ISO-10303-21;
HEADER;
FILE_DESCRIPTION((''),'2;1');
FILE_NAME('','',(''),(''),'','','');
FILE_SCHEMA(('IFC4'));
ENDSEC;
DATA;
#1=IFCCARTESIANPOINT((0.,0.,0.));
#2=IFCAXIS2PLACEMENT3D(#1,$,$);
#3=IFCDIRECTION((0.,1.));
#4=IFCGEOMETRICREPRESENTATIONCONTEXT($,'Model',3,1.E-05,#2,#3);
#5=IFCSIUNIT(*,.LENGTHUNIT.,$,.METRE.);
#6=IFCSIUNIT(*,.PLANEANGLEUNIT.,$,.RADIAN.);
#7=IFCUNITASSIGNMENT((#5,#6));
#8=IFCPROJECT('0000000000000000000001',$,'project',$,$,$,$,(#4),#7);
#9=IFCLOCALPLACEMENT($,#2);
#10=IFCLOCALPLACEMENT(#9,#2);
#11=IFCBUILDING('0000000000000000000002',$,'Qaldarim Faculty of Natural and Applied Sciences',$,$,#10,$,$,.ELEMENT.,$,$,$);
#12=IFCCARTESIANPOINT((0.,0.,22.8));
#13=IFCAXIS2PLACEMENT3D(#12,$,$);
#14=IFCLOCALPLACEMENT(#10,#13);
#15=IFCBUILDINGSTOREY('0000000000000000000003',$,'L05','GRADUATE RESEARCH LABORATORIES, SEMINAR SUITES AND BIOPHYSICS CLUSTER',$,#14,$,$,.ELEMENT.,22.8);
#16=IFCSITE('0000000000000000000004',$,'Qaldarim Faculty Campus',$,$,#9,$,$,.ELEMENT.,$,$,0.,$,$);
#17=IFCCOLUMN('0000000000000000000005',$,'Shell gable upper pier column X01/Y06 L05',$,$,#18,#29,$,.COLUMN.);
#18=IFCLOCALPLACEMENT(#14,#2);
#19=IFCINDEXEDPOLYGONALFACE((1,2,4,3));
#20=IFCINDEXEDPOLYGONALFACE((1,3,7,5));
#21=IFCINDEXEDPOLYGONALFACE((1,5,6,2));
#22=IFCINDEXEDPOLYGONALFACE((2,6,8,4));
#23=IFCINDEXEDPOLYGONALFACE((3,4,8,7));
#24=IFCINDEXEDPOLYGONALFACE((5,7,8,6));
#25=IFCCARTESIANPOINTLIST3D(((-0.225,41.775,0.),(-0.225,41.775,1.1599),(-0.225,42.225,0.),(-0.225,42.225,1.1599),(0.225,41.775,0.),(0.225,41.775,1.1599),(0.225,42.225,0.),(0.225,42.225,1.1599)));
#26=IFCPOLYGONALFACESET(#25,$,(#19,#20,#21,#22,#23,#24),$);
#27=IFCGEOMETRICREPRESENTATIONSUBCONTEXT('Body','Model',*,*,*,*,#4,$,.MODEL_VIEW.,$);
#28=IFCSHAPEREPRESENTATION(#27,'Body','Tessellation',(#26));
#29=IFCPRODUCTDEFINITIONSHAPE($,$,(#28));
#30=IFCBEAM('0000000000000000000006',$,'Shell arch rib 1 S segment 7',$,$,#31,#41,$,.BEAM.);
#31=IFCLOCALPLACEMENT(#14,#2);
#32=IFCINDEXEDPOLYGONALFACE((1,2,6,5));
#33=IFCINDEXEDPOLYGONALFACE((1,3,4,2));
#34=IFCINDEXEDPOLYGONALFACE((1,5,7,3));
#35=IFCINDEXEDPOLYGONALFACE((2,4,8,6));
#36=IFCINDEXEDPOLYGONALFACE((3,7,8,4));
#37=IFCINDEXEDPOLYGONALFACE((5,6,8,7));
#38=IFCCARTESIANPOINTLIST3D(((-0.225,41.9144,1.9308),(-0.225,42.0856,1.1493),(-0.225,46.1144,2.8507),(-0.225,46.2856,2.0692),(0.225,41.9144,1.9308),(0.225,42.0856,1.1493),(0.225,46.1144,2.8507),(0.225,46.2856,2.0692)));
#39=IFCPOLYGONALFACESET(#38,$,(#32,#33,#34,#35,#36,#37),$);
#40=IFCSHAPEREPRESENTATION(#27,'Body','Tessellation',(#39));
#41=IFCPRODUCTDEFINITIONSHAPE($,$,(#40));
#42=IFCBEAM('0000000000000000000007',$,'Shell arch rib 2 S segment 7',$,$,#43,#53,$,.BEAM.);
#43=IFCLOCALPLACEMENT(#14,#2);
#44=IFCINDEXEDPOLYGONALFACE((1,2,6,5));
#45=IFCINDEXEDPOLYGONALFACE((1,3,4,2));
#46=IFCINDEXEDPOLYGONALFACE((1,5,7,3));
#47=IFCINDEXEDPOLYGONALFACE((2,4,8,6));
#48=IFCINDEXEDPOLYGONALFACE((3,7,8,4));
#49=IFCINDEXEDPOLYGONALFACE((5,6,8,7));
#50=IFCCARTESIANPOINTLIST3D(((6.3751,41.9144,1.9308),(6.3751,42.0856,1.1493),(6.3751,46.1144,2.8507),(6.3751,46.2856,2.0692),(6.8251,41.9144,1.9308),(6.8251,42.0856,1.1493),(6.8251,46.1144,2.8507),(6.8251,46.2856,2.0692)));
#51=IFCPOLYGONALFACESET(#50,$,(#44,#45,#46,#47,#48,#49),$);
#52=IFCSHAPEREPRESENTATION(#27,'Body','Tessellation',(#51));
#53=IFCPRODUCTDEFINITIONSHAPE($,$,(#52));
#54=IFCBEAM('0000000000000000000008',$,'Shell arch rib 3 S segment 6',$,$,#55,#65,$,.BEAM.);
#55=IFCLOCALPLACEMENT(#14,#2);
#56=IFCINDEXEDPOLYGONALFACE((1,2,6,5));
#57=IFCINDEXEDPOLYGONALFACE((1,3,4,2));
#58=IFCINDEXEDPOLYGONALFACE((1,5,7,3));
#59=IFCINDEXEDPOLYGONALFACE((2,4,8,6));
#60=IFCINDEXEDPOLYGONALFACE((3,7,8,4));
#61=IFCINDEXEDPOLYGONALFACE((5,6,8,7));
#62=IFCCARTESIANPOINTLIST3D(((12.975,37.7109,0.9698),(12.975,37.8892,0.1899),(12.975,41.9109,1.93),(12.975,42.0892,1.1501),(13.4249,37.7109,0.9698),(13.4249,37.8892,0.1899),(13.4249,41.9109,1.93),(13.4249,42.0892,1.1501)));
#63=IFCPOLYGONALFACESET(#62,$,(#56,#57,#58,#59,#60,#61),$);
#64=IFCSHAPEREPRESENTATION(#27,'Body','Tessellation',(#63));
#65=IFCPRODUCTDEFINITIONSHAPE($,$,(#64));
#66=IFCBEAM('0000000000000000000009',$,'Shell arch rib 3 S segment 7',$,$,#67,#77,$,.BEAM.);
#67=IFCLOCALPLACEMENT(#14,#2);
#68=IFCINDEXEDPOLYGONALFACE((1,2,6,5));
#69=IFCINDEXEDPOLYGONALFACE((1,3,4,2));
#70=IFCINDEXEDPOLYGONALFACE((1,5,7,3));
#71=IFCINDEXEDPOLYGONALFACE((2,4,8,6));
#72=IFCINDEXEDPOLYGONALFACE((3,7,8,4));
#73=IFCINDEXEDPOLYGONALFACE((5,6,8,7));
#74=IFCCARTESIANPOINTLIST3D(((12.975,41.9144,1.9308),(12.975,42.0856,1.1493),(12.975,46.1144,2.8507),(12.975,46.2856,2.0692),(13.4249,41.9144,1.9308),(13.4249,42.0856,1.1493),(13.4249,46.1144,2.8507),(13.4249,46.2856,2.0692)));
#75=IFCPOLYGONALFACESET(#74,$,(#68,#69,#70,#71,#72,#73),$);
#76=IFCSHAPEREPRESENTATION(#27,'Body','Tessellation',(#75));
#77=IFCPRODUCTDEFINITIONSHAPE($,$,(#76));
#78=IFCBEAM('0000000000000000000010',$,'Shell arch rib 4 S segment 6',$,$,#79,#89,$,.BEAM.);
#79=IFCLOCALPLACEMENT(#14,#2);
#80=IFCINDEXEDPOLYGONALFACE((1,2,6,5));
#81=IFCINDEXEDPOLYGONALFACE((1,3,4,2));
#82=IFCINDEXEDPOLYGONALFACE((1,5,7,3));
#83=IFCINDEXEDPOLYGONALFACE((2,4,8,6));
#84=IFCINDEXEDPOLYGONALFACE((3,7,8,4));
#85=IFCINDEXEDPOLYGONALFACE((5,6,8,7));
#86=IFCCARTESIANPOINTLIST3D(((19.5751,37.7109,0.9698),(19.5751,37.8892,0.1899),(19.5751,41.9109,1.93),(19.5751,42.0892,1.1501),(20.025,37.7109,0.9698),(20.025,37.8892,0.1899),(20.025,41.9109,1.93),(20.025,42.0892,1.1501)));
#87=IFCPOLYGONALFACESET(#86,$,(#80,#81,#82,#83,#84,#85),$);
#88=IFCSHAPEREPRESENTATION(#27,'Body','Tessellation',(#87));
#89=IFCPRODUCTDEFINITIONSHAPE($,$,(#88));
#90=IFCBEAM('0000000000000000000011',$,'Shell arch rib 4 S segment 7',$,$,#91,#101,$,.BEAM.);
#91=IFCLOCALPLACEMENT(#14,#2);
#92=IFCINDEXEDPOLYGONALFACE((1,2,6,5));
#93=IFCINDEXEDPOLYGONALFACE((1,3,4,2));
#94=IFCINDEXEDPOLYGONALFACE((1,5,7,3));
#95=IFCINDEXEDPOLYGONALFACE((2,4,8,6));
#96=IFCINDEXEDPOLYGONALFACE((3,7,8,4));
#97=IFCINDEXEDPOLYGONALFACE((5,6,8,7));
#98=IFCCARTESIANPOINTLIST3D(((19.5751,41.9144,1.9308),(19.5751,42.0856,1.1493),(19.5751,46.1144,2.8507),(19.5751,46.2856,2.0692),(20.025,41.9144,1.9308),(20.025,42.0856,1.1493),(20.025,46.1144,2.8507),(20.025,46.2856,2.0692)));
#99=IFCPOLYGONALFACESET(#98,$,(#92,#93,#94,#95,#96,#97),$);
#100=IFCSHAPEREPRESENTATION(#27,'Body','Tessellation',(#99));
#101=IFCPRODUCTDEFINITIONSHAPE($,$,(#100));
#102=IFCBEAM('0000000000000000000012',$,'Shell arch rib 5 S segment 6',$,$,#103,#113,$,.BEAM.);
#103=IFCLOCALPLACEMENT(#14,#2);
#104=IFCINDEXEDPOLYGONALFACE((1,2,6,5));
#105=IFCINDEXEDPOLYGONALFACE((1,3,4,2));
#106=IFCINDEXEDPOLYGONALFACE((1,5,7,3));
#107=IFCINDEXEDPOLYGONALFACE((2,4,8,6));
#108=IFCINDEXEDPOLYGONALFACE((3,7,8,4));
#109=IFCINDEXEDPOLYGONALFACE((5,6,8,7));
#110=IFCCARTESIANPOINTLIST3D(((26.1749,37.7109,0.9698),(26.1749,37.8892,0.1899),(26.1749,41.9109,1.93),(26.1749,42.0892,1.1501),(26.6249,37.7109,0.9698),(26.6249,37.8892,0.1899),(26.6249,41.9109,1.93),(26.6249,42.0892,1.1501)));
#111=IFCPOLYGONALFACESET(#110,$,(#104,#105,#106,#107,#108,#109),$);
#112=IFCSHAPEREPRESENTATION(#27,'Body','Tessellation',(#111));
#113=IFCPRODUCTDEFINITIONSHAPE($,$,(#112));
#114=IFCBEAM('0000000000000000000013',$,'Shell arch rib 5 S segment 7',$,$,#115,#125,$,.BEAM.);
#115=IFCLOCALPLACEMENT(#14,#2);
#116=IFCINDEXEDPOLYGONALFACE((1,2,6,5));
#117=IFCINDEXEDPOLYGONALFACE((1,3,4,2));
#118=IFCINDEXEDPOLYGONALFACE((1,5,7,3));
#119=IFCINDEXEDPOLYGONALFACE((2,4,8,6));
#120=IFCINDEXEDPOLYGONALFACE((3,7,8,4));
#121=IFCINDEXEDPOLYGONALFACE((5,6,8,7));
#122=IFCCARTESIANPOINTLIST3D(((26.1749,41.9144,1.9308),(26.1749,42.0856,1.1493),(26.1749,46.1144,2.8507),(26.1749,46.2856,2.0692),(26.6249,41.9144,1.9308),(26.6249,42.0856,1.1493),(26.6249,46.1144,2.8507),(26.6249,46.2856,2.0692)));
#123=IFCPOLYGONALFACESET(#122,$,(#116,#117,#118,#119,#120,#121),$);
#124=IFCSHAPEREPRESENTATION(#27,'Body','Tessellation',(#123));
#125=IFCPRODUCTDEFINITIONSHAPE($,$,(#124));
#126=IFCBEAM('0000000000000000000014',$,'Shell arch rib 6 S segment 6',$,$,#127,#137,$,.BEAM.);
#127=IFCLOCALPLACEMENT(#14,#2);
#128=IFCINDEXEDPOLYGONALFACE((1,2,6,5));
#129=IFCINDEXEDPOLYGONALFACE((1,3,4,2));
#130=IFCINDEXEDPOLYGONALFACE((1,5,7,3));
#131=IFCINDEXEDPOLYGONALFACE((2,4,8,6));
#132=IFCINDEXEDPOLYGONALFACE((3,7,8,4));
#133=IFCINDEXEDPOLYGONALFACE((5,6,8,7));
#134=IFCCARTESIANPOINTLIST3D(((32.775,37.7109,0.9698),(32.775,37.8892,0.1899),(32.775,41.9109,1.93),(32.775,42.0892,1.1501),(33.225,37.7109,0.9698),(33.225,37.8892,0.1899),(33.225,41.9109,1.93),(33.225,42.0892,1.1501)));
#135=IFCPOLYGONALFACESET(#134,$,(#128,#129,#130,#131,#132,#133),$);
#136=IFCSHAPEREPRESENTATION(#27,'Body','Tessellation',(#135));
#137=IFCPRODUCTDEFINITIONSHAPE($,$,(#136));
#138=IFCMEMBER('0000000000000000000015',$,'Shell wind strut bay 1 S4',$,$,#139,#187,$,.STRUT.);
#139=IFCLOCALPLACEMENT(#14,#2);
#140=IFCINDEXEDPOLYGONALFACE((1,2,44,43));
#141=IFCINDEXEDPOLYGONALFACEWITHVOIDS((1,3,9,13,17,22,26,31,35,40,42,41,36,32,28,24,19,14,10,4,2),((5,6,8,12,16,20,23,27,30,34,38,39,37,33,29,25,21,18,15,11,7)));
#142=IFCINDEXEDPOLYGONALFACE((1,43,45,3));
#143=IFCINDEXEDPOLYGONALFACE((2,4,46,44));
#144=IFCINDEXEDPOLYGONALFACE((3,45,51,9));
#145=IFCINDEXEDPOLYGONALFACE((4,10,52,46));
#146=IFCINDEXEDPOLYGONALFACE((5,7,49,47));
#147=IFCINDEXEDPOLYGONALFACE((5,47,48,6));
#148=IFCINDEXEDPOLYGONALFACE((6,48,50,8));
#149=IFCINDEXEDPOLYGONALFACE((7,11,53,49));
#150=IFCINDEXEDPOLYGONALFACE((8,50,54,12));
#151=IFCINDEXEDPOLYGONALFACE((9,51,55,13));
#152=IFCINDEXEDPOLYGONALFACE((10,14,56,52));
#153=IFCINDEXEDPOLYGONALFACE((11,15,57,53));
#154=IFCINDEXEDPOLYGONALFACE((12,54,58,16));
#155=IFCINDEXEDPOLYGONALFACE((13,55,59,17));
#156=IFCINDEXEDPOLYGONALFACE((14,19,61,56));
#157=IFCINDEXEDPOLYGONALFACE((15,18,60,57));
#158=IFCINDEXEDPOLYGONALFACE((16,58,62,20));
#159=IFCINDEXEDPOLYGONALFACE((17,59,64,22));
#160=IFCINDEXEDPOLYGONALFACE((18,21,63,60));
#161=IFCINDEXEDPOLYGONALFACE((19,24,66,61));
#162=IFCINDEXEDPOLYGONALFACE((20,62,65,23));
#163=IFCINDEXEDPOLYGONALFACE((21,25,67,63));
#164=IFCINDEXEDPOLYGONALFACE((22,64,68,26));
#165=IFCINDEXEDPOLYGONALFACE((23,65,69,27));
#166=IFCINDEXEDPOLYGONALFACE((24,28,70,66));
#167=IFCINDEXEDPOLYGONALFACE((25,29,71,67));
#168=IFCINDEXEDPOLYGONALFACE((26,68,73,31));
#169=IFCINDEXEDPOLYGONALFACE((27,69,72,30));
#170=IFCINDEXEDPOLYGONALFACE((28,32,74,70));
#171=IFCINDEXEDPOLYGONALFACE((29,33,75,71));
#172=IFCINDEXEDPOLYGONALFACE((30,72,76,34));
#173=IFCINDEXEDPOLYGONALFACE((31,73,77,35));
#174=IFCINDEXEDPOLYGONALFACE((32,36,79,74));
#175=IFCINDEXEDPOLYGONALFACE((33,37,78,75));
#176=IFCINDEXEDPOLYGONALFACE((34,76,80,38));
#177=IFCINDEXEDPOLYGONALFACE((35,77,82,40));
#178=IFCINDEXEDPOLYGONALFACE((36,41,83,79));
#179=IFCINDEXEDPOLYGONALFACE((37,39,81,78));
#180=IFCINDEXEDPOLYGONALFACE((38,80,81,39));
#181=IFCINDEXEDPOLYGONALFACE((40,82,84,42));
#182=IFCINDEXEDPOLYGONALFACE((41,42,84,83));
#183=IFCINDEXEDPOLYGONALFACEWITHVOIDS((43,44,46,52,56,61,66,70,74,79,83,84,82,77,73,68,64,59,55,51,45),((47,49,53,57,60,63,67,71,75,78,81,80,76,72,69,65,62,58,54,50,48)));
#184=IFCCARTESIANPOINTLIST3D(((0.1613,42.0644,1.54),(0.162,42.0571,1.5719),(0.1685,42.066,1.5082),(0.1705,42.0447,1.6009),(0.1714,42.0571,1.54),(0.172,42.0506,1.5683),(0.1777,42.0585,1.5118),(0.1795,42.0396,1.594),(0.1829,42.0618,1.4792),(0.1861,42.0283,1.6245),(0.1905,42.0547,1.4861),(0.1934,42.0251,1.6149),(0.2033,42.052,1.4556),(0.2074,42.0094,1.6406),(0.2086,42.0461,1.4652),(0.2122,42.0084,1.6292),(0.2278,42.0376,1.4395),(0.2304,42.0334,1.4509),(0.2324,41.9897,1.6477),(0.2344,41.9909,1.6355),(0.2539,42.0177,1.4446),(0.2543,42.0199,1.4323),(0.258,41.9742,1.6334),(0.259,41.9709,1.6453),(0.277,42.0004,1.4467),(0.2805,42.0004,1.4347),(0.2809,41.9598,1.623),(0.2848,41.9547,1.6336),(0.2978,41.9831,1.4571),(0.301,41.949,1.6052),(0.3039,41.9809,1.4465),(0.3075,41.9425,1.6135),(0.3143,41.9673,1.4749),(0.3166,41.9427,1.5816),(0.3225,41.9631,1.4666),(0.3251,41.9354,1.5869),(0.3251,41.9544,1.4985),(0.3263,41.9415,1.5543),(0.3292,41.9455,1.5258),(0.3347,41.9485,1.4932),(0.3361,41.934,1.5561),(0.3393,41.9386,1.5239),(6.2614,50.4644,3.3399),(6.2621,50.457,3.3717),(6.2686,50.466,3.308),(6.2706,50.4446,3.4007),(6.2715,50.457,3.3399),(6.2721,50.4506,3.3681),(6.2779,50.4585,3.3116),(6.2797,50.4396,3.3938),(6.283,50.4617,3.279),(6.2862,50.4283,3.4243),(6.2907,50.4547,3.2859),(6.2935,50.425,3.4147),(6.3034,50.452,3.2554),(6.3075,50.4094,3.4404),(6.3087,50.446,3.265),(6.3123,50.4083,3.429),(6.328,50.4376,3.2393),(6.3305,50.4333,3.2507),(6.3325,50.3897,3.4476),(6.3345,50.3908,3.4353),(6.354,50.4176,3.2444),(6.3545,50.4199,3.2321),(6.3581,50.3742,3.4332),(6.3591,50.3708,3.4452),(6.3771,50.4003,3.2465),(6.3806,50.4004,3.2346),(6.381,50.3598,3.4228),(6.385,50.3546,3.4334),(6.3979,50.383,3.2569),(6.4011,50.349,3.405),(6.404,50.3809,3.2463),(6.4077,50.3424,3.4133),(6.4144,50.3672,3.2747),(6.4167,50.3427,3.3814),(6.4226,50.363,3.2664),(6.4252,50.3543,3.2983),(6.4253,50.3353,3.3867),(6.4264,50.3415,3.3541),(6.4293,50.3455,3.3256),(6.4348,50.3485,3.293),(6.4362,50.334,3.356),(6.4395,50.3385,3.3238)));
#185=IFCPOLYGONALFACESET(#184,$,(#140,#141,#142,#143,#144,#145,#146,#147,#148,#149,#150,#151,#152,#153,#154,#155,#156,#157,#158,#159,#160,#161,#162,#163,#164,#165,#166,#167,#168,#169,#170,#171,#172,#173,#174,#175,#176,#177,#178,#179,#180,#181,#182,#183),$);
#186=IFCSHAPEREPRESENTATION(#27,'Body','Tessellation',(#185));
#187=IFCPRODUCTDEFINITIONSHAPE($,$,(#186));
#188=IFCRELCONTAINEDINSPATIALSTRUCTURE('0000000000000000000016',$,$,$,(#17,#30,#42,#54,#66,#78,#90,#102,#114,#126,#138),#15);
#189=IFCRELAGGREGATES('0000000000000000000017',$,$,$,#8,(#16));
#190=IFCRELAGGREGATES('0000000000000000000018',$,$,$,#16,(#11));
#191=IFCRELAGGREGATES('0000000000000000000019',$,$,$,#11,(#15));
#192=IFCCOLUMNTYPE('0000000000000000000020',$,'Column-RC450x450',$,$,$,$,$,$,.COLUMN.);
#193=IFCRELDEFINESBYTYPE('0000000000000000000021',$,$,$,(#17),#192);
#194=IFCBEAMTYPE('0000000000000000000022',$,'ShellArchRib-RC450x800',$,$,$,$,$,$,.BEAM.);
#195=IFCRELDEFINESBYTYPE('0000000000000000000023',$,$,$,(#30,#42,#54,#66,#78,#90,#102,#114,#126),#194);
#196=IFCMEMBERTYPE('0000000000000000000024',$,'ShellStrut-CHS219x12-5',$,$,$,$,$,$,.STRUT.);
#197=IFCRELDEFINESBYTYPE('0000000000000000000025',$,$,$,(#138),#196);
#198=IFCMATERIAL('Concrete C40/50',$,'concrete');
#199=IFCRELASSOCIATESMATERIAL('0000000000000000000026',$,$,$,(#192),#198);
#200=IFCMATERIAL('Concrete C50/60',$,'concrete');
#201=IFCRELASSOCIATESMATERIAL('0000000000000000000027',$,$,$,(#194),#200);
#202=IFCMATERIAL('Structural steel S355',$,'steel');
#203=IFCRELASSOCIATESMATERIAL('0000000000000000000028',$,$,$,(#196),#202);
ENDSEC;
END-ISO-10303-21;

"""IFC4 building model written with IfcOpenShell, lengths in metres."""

from ifc_helpers import new_model, si_unit, direction, frame, origin, origin_2d, place, context, subcontext, project, spatial, rectangle, hollow_circle, extrude, material, material_profile, profile_set, type_object, element, save


model = new_model("IFC4")

# Units and contexts
model_context = context("Model", 3, precision=1e-05, world=origin(), true_north=direction((0.0, 1.0)))
body_context = subcontext(model_context, "Body", "Model", "MODEL_VIEW")
ifc_project = project(units=[si_unit("LENGTHUNIT", "METRE"), si_unit("PLANEANGLEUNIT", "RADIAN")], contexts=[model_context])

# Site, building, storey
site_placement = place(None, origin())
site = spatial("IfcSite", under=ifc_project, at=site_placement, Name="Qaldarim Faculty Campus", CompositionType="ELEMENT", RefElevation=0.0)
building_placement = place(site_placement, origin())
building = spatial("IfcBuilding", under=site, at=building_placement, Name="Qaldarim Faculty of Natural and Applied Sciences", CompositionType="ELEMENT")
storey_placement = place(building_placement, frame((0.0, 0.0, 22.8)))
storey = spatial("IfcBuildingStorey", under=building, at=storey_placement, Name="L05", Description="GRADUATE RESEARCH LABORATORIES, SEMINAR SUITES AND BIOPHYSICS CLUSTER", CompositionType="ELEMENT", Elevation=22.8)

# Column
ifc_material_1 = material(Name="Concrete C40/50", Category="concrete")
ifc_material_profile_1 = material_profile(ifc_material_1, rectangle(XDim=0.45, YDim=0.45, at=origin_2d()), Name="RC-C450x450")
ifc_profile_set_1 = profile_set([ifc_material_profile_1], Name="Concrete C40/50")
column_type = type_object("IfcColumnType", Name="Column-RC450x450", PredefinedType="COLUMN", material=ifc_profile_set_1)
column_placement = place(storey_placement, frame((0.0, 42.0, 0.0), z_axis=(0.0, 0.0, 1.0), x_axis=(1.0, 0.0, 0.0)))
element("IfcColumn", 1, at=column_placement, inside=storey, type_object=column_type, Name="Shell gable upper pier column X01/Y06 L05", PredefinedType="COLUMN", context=body_context, shape_type="SweptSolid", body=[
    extrude(rectangle(XDim=0.45, YDim=0.45, at=origin_2d()), origin(), (0.0, 0.0, 1.0), 1.1599),
])

# Beams
ifc_material_2 = material(Name="Concrete C50/60", Category="concrete")
ifc_material_profile_2 = material_profile(ifc_material_2, rectangle(XDim=0.45, YDim=0.8, at=origin_2d()), Name="RC-RIB450x800")
ifc_profile_set_2 = profile_set([ifc_material_profile_2], Name="Concrete C50/60")
beam_type = type_object("IfcBeamType", Name="ShellArchRib-RC450x800", PredefinedType="BEAM", material=ifc_profile_set_2)
for number, where, z_axis, x_axis, name in (
    (2, (0.0, 42.0, 1.54), (0.0, 0.976843, 0.213959), (-1.0, 0.0, 0.0), "Shell arch rib 1 S segment 7"),
    (3, (6.6001, 42.0, 1.54), (0.0, 0.976843, 0.213959), (-1.0, 0.0, 0.0), "Shell arch rib 2 S segment 7"),
):
    element("IfcBeam", number, at=place(storey_placement, frame(where, z_axis=z_axis, x_axis=x_axis)), inside=storey, type_object=beam_type, Name=name, PredefinedType="BEAM", context=body_context, shape_type="SweptSolid", body=[
        extrude(rectangle(XDim=0.45, YDim=0.8, at=origin_2d()), origin(), (0.0, 0.0, 1.0), 4.2996),
    ])
beam_1_placement = place(storey_placement, frame((13.2, 37.8, 0.5798), z_axis=(0.0, 0.974848, 0.222873), x_axis=(-1.0, 0.0, 0.0)))
element("IfcBeam", 4, at=beam_1_placement, inside=storey, type_object=beam_type, Name="Shell arch rib 3 S segment 6", PredefinedType="BEAM", context=body_context, shape_type="SweptSolid", body=[
    extrude(rectangle(XDim=0.45, YDim=0.8, at=origin_2d()), origin(), (0.0, 0.0, 1.0), 4.3083),
])
beam_2_placement = place(storey_placement, frame((13.2, 42.0, 1.54), z_axis=(0.0, 0.976843, 0.213959), x_axis=(-1.0, 0.0, 0.0)))
element("IfcBeam", 5, at=beam_2_placement, inside=storey, type_object=beam_type, Name="Shell arch rib 3 S segment 7", PredefinedType="BEAM", context=body_context, shape_type="SweptSolid", body=[
    extrude(rectangle(XDim=0.45, YDim=0.8, at=origin_2d()), origin(), (0.0, 0.0, 1.0), 4.2996),
])
beam_3_placement = place(storey_placement, frame((19.8, 37.8, 0.5798), z_axis=(0.0, 0.974848, 0.222873), x_axis=(-1.0, 0.0, 0.0)))
element("IfcBeam", 6, at=beam_3_placement, inside=storey, type_object=beam_type, Name="Shell arch rib 4 S segment 6", PredefinedType="BEAM", context=body_context, shape_type="SweptSolid", body=[
    extrude(rectangle(XDim=0.45, YDim=0.8, at=origin_2d()), origin(), (0.0, 0.0, 1.0), 4.3083),
])
beam_4_placement = place(storey_placement, frame((19.8, 42.0, 1.54), z_axis=(0.0, 0.976843, 0.213959), x_axis=(-1.0, 0.0, 0.0)))
element("IfcBeam", 7, at=beam_4_placement, inside=storey, type_object=beam_type, Name="Shell arch rib 4 S segment 7", PredefinedType="BEAM", context=body_context, shape_type="SweptSolid", body=[
    extrude(rectangle(XDim=0.45, YDim=0.8, at=origin_2d()), origin(), (0.0, 0.0, 1.0), 4.2996),
])
beam_5_placement = place(storey_placement, frame((26.3999, 37.8, 0.5798), z_axis=(0.0, 0.974848, 0.222873), x_axis=(-1.0, 0.0, 0.0)))
element("IfcBeam", 8, at=beam_5_placement, inside=storey, type_object=beam_type, Name="Shell arch rib 5 S segment 6", PredefinedType="BEAM", context=body_context, shape_type="SweptSolid", body=[
    extrude(rectangle(XDim=0.45, YDim=0.8, at=origin_2d()), origin(), (0.0, 0.0, 1.0), 4.3083),
])
beam_6_placement = place(storey_placement, frame((26.3999, 42.0, 1.54), z_axis=(0.0, 0.976843, 0.213959), x_axis=(-1.0, 0.0, 0.0)))
element("IfcBeam", 9, at=beam_6_placement, inside=storey, type_object=beam_type, Name="Shell arch rib 5 S segment 7", PredefinedType="BEAM", context=body_context, shape_type="SweptSolid", body=[
    extrude(rectangle(XDim=0.45, YDim=0.8, at=origin_2d()), origin(), (0.0, 0.0, 1.0), 4.2996),
])
beam_7_placement = place(storey_placement, frame((33.0, 37.8, 0.5798), z_axis=(0.0, 0.974848, 0.222873), x_axis=(-1.0, 0.0, 0.0)))
element("IfcBeam", 10, at=beam_7_placement, inside=storey, type_object=beam_type, Name="Shell arch rib 6 S segment 6", PredefinedType="BEAM", context=body_context, shape_type="SweptSolid", body=[
    extrude(rectangle(XDim=0.45, YDim=0.8, at=origin_2d()), origin(), (0.0, 0.0, 1.0), 4.3083),
])

# Member
ifc_material_3 = material(Name="Structural steel S355", Category="steel")
ifc_material_profile_3 = material_profile(ifc_material_3, hollow_circle(Radius=0.1096, WallThickness=0.0125, at=origin_2d()), Name="CHS 219.1x12.5")
ifc_profile_set_3 = profile_set([ifc_material_profile_3], Name="Structural steel S355")
member_type = type_object("IfcMemberType", Name="ShellStrut-CHS219x12-5", PredefinedType="STRUT", material=ifc_profile_set_3)
member_placement = place(storey_placement, frame((0.25, 42.0, 1.54), z_axis=(0.578973, 0.797252, 0.170823), x_axis=(-0.809145, 0.587609, 0.0)))
element("IfcMember", 11, at=member_placement, inside=storey, type_object=member_type, Name="Shell wind strut bay 1 S4", PredefinedType="STRUT", context=body_context, shape_type="SweptSolid", body=[
    extrude(hollow_circle(Radius=0.1096, WallThickness=0.0125, at=origin_2d()), origin(), (0.0, 0.0, 1.0), 10.5361),
])

save(model, "model.ifc")
